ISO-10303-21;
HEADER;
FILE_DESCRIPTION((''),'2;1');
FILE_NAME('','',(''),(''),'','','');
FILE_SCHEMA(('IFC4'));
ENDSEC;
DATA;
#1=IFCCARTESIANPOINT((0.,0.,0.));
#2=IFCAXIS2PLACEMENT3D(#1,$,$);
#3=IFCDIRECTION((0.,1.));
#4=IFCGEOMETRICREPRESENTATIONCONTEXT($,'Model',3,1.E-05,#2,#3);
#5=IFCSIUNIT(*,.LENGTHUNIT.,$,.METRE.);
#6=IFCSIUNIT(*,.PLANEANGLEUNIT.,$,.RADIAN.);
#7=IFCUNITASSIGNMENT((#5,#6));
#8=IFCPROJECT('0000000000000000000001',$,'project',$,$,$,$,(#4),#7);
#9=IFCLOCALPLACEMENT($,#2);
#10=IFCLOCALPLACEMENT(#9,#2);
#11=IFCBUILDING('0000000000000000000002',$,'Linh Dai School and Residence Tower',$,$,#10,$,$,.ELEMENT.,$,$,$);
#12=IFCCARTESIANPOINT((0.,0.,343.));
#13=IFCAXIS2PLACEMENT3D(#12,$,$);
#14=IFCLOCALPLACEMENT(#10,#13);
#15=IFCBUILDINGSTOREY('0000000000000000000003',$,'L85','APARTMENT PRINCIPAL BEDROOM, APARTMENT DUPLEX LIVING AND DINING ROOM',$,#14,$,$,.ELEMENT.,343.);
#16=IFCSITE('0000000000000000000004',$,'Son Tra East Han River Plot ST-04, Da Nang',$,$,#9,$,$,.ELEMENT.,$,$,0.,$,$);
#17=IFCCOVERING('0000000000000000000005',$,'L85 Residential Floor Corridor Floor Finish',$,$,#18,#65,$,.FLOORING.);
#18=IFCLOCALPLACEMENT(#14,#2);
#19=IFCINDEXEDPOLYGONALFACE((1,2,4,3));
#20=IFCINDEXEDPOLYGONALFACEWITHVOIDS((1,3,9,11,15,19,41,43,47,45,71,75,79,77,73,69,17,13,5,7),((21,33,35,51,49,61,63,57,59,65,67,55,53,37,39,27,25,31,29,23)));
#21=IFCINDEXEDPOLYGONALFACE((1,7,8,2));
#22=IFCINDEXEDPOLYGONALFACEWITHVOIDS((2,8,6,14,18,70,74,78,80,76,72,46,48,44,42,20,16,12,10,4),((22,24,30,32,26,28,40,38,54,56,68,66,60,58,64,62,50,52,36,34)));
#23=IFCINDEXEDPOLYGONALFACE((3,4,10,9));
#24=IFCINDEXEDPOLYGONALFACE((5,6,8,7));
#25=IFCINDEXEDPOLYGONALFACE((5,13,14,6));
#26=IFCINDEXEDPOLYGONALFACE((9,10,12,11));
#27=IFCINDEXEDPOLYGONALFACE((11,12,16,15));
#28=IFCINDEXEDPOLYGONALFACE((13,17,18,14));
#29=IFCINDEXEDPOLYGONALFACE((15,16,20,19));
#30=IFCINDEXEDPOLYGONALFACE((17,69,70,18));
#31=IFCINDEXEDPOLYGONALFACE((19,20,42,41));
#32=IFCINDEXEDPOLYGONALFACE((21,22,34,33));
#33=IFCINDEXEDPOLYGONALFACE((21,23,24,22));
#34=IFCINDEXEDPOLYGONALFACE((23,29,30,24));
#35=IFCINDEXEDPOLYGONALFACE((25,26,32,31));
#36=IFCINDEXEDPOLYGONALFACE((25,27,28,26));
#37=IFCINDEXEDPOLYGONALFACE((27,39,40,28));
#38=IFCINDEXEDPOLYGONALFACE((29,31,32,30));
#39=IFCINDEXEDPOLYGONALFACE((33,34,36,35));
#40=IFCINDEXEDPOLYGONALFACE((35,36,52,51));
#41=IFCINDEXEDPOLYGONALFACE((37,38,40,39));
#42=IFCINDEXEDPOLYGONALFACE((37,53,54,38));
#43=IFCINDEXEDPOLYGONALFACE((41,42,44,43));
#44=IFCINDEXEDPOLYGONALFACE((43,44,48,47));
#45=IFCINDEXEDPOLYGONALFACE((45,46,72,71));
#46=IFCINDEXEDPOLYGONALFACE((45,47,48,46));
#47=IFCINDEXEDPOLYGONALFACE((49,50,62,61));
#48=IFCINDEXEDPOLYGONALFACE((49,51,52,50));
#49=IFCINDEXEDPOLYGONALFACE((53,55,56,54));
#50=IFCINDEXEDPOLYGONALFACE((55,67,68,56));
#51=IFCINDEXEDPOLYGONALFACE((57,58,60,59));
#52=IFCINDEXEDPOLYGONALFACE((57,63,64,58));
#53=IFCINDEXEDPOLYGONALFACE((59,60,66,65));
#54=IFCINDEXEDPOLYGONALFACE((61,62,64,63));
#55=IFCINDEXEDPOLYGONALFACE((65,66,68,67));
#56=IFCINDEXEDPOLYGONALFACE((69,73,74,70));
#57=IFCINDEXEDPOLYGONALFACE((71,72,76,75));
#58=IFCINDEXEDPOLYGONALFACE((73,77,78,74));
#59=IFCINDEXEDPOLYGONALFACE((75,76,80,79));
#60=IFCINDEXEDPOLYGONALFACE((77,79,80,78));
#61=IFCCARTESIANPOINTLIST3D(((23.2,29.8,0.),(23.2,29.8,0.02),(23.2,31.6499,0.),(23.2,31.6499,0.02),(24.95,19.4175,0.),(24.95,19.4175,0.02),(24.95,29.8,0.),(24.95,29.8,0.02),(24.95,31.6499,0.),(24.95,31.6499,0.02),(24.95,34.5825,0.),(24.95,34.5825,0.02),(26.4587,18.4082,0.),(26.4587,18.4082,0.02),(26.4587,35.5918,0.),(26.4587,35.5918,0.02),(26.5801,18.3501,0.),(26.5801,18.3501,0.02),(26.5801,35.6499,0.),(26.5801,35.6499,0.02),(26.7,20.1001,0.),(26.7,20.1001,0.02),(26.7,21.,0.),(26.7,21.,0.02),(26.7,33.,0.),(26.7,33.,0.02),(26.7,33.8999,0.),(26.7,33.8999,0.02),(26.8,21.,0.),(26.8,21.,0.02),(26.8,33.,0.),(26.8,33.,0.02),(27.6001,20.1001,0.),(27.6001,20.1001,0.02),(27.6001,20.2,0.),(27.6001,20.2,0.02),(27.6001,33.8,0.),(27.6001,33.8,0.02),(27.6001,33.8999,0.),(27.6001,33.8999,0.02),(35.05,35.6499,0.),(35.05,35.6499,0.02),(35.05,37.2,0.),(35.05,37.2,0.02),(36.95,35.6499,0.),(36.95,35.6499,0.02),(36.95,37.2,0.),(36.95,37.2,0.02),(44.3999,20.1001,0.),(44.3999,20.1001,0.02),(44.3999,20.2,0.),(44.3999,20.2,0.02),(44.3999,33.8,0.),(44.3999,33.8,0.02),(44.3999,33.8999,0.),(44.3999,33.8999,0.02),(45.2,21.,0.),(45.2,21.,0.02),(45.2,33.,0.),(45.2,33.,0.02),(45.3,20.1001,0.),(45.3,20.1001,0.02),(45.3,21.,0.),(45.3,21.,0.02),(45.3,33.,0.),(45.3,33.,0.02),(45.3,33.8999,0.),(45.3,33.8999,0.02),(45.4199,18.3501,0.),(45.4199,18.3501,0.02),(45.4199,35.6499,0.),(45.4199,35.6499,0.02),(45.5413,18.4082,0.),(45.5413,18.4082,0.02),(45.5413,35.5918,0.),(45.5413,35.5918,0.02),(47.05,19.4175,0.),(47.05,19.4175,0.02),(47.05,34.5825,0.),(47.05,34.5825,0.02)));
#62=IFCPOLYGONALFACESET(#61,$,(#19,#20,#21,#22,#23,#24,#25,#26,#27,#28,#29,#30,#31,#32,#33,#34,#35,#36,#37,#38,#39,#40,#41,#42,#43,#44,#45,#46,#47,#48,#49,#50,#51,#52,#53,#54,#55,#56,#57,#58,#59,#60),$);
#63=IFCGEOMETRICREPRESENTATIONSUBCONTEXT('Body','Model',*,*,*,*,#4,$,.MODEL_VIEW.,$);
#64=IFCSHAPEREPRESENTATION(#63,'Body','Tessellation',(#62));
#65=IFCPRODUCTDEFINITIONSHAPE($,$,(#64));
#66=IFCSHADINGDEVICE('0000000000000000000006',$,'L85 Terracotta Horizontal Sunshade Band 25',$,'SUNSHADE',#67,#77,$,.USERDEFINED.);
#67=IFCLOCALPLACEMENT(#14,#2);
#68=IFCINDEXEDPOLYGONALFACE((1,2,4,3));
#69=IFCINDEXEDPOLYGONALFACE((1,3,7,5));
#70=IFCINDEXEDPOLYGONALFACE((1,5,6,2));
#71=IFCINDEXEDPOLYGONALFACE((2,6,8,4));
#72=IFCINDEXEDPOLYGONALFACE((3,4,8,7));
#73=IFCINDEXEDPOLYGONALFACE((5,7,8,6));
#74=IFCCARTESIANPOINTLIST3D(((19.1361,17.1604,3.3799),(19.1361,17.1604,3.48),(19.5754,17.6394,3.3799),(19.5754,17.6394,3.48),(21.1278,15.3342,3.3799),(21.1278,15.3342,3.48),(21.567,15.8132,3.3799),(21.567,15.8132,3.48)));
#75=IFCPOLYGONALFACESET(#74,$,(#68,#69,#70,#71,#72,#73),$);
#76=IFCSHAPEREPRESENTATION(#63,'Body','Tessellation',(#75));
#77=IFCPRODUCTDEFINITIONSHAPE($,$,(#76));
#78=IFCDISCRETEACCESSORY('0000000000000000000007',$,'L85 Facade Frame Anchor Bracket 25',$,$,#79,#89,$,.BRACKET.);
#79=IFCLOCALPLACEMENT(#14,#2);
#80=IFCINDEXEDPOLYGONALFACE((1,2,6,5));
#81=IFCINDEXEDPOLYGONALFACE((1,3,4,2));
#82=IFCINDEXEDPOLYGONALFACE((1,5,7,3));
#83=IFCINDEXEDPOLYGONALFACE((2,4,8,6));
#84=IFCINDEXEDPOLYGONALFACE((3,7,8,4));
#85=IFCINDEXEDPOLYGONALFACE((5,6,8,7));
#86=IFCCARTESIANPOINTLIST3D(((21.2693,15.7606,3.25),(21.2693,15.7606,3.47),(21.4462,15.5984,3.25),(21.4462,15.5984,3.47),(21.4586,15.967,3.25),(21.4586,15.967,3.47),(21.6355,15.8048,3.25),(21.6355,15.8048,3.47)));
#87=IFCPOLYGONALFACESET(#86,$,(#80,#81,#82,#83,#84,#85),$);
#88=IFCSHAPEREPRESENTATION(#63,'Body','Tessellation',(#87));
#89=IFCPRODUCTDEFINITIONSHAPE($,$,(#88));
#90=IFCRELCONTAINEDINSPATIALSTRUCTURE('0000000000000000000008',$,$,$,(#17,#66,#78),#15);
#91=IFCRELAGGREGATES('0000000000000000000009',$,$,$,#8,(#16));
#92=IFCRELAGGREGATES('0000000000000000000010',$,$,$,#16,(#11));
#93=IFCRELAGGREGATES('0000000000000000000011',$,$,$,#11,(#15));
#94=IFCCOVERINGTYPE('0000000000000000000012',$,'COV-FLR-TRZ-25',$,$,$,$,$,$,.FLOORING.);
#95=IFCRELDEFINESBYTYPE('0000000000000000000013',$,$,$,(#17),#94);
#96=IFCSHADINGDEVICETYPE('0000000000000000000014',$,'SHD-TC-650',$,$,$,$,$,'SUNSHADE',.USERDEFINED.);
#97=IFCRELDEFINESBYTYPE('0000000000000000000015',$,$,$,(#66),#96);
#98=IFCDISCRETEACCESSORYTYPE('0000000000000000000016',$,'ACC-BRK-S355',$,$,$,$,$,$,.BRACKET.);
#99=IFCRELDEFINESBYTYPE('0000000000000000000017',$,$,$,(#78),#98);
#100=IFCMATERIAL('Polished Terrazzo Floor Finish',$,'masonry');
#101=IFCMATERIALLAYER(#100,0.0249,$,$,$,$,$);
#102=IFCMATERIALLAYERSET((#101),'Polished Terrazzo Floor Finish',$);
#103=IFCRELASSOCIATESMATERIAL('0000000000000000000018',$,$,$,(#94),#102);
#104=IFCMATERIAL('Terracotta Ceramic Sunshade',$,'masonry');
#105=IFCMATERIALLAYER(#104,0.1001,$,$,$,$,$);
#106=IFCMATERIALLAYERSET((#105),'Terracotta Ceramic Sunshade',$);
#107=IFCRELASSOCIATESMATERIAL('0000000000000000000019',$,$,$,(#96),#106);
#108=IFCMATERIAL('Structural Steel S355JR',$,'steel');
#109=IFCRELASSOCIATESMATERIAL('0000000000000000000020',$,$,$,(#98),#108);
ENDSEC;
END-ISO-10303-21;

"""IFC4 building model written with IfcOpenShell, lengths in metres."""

from ifc_helpers import new_model, si_unit, direction, frame, origin, origin_2d, place, context, subcontext, project, spatial, polyline, rectangle, outline, extrude, source, transform, mapped, material, layer, layer_set, type_object, element, save


model = new_model("IFC4")

# Units and contexts
model_context = context("Model", 3, precision=1e-05, world=origin(), true_north=direction((0.0, 1.0)))
body_context = subcontext(model_context, "Body", "Model", "MODEL_VIEW")
ifc_project = project(units=[si_unit("LENGTHUNIT", "METRE"), si_unit("PLANEANGLEUNIT", "RADIAN")], contexts=[model_context])

# Site, building, storey
site_placement = place(None, origin())
site = spatial("IfcSite", under=ifc_project, at=site_placement, Name="Son Tra East Han River Plot ST-04, Da Nang", CompositionType="ELEMENT", RefElevation=0.0)
building_placement = place(site_placement, origin())
building = spatial("IfcBuilding", under=site, at=building_placement, Name="Linh Dai School and Residence Tower", CompositionType="ELEMENT")
storey_placement = place(building_placement, frame((0.0, 0.0, 343.0)))
storey = spatial("IfcBuildingStorey", under=building, at=storey_placement, Name="L85", Description="APARTMENT PRINCIPAL BEDROOM, APARTMENT DUPLEX LIVING AND DINING ROOM", CompositionType="ELEMENT", Elevation=343.0)

# Shared definitions
ifc_material_1 = material(Name="Structural Steel S355JR", Category="steel")

# Covering
ifc_material_2 = material(Name="Polished Terrazzo Floor Finish", Category="masonry")
ifc_layer_1 = layer(ifc_material_2, 0.0249)
ifc_layer_set_1 = layer_set([ifc_layer_1], Name="Polished Terrazzo Floor Finish")
covering_type = type_object("IfcCoveringType", Name="COV-FLR-TRZ-25", PredefinedType="FLOORING", material=ifc_layer_set_1)
covering_placement = place(storey_placement, origin())
element("IfcCovering", 1, at=covering_placement, inside=storey, type_object=covering_type, Name="L85 Residential Floor Corridor Floor Finish", PredefinedType="FLOORING", context=body_context, shape_type="SweptSolid", body=[
    extrude(outline(polyline([(23.2, 31.6499), (24.95, 31.6499), (24.95, 34.5825), (26.4587, 35.5918), (26.5801, 35.6499), (35.05, 35.6499), (35.05, 37.2), (36.95, 37.2), (36.95, 35.6499), (45.4199, 35.6499), (45.5413, 35.5918), (47.05, 34.5825), (47.05, 19.4175), (45.5413, 18.4082), (45.4199, 18.3501), (26.5801, 18.3501), (26.4587, 18.4082), (24.95, 19.4175), (24.95, 29.8), (23.2, 29.8), (23.2, 31.6499)]), holes=[polyline([(27.6001, 33.8), (27.6001, 33.8999), (26.7, 33.8999), (26.7, 33.0), (26.8, 33.0), (26.8, 21.0), (26.7, 21.0), (26.7, 20.1001), (27.6001, 20.1001), (27.6001, 20.2), (44.3999, 20.2), (44.3999, 20.1001), (45.3, 20.1001), (45.3, 21.0), (45.2, 21.0), (45.2, 33.0), (45.3, 33.0), (45.3, 33.8999), (44.3999, 33.8999), (44.3999, 33.8), (27.6001, 33.8)])]), origin(), (0.0, 0.0, 1.0), 0.02),
])

# Shading device
ifc_material_3 = material(Name="Terracotta Ceramic Sunshade", Category="masonry")
ifc_layer_2 = layer(ifc_material_3, 0.1001)
ifc_layer_set_2 = layer_set([ifc_layer_2], Name="Terracotta Ceramic Sunshade")
shading_device_type = type_object("IfcShadingDeviceType", Name="SHD-TC-650", ElementType="SUNSHADE", PredefinedType="USERDEFINED", material=ifc_layer_set_2)
shared_shape_1 = source(origin(), body_context, "Body", "SweptSolid", [
    extrude(rectangle(XDim=2.7021, YDim=0.6499, at=origin_2d()), origin(), (0.0, 0.0, 1.0), 0.1001),
])
shading_device_placement = place(storey_placement, frame((20.3516, 16.4868, 3.3799), z_axis=(0.0, 0.0, 1.0), x_axis=(-0.737048, 0.675841, 0.0)))
element("IfcShadingDevice", 2, at=shading_device_placement, inside=storey, type_object=shading_device_type, Name="L85 Terracotta Horizontal Sunshade Band 25", ObjectType="SUNSHADE", PredefinedType="USERDEFINED", context=body_context, shape_type="MappedRepresentation", body=[
    mapped(shared_shape_1, transform((0.0, 0.0, 0.0), x_axis=(1.0, 0.0, 0.0), y_axis=(0.0, 1.0, 0.0), z_axis=(0.0, 0.0, 1.0), scale=1.0)),
])

# Discrete accessory
discrete_accessory_type = type_object("IfcDiscreteAccessoryType", Name="ACC-BRK-S355", PredefinedType="BRACKET", material=ifc_material_1)
shared_shape_2 = source(origin(), body_context, "Body", "SweptSolid", [
    extrude(rectangle(XDim=0.28, YDim=0.24, at=origin_2d()), origin(), (0.0, 0.0, 1.0), 0.22),
])
discrete_accessory_placement = place(storey_placement, frame((21.4524, 15.7827, 3.25), z_axis=(0.0, 0.0, 1.0), x_axis=(-0.675841, -0.737048, 0.0)))
element("IfcDiscreteAccessory", 3, at=discrete_accessory_placement, inside=storey, type_object=discrete_accessory_type, Name="L85 Facade Frame Anchor Bracket 25", PredefinedType="BRACKET", context=body_context, shape_type="MappedRepresentation", body=[
    mapped(shared_shape_2, transform((0.0, 0.0, 0.0), x_axis=(1.0, 0.0, 0.0), y_axis=(0.0, 1.0, 0.0), z_axis=(0.0, 0.0, 1.0), scale=1.0)),
])

save(model, "model.ifc")
